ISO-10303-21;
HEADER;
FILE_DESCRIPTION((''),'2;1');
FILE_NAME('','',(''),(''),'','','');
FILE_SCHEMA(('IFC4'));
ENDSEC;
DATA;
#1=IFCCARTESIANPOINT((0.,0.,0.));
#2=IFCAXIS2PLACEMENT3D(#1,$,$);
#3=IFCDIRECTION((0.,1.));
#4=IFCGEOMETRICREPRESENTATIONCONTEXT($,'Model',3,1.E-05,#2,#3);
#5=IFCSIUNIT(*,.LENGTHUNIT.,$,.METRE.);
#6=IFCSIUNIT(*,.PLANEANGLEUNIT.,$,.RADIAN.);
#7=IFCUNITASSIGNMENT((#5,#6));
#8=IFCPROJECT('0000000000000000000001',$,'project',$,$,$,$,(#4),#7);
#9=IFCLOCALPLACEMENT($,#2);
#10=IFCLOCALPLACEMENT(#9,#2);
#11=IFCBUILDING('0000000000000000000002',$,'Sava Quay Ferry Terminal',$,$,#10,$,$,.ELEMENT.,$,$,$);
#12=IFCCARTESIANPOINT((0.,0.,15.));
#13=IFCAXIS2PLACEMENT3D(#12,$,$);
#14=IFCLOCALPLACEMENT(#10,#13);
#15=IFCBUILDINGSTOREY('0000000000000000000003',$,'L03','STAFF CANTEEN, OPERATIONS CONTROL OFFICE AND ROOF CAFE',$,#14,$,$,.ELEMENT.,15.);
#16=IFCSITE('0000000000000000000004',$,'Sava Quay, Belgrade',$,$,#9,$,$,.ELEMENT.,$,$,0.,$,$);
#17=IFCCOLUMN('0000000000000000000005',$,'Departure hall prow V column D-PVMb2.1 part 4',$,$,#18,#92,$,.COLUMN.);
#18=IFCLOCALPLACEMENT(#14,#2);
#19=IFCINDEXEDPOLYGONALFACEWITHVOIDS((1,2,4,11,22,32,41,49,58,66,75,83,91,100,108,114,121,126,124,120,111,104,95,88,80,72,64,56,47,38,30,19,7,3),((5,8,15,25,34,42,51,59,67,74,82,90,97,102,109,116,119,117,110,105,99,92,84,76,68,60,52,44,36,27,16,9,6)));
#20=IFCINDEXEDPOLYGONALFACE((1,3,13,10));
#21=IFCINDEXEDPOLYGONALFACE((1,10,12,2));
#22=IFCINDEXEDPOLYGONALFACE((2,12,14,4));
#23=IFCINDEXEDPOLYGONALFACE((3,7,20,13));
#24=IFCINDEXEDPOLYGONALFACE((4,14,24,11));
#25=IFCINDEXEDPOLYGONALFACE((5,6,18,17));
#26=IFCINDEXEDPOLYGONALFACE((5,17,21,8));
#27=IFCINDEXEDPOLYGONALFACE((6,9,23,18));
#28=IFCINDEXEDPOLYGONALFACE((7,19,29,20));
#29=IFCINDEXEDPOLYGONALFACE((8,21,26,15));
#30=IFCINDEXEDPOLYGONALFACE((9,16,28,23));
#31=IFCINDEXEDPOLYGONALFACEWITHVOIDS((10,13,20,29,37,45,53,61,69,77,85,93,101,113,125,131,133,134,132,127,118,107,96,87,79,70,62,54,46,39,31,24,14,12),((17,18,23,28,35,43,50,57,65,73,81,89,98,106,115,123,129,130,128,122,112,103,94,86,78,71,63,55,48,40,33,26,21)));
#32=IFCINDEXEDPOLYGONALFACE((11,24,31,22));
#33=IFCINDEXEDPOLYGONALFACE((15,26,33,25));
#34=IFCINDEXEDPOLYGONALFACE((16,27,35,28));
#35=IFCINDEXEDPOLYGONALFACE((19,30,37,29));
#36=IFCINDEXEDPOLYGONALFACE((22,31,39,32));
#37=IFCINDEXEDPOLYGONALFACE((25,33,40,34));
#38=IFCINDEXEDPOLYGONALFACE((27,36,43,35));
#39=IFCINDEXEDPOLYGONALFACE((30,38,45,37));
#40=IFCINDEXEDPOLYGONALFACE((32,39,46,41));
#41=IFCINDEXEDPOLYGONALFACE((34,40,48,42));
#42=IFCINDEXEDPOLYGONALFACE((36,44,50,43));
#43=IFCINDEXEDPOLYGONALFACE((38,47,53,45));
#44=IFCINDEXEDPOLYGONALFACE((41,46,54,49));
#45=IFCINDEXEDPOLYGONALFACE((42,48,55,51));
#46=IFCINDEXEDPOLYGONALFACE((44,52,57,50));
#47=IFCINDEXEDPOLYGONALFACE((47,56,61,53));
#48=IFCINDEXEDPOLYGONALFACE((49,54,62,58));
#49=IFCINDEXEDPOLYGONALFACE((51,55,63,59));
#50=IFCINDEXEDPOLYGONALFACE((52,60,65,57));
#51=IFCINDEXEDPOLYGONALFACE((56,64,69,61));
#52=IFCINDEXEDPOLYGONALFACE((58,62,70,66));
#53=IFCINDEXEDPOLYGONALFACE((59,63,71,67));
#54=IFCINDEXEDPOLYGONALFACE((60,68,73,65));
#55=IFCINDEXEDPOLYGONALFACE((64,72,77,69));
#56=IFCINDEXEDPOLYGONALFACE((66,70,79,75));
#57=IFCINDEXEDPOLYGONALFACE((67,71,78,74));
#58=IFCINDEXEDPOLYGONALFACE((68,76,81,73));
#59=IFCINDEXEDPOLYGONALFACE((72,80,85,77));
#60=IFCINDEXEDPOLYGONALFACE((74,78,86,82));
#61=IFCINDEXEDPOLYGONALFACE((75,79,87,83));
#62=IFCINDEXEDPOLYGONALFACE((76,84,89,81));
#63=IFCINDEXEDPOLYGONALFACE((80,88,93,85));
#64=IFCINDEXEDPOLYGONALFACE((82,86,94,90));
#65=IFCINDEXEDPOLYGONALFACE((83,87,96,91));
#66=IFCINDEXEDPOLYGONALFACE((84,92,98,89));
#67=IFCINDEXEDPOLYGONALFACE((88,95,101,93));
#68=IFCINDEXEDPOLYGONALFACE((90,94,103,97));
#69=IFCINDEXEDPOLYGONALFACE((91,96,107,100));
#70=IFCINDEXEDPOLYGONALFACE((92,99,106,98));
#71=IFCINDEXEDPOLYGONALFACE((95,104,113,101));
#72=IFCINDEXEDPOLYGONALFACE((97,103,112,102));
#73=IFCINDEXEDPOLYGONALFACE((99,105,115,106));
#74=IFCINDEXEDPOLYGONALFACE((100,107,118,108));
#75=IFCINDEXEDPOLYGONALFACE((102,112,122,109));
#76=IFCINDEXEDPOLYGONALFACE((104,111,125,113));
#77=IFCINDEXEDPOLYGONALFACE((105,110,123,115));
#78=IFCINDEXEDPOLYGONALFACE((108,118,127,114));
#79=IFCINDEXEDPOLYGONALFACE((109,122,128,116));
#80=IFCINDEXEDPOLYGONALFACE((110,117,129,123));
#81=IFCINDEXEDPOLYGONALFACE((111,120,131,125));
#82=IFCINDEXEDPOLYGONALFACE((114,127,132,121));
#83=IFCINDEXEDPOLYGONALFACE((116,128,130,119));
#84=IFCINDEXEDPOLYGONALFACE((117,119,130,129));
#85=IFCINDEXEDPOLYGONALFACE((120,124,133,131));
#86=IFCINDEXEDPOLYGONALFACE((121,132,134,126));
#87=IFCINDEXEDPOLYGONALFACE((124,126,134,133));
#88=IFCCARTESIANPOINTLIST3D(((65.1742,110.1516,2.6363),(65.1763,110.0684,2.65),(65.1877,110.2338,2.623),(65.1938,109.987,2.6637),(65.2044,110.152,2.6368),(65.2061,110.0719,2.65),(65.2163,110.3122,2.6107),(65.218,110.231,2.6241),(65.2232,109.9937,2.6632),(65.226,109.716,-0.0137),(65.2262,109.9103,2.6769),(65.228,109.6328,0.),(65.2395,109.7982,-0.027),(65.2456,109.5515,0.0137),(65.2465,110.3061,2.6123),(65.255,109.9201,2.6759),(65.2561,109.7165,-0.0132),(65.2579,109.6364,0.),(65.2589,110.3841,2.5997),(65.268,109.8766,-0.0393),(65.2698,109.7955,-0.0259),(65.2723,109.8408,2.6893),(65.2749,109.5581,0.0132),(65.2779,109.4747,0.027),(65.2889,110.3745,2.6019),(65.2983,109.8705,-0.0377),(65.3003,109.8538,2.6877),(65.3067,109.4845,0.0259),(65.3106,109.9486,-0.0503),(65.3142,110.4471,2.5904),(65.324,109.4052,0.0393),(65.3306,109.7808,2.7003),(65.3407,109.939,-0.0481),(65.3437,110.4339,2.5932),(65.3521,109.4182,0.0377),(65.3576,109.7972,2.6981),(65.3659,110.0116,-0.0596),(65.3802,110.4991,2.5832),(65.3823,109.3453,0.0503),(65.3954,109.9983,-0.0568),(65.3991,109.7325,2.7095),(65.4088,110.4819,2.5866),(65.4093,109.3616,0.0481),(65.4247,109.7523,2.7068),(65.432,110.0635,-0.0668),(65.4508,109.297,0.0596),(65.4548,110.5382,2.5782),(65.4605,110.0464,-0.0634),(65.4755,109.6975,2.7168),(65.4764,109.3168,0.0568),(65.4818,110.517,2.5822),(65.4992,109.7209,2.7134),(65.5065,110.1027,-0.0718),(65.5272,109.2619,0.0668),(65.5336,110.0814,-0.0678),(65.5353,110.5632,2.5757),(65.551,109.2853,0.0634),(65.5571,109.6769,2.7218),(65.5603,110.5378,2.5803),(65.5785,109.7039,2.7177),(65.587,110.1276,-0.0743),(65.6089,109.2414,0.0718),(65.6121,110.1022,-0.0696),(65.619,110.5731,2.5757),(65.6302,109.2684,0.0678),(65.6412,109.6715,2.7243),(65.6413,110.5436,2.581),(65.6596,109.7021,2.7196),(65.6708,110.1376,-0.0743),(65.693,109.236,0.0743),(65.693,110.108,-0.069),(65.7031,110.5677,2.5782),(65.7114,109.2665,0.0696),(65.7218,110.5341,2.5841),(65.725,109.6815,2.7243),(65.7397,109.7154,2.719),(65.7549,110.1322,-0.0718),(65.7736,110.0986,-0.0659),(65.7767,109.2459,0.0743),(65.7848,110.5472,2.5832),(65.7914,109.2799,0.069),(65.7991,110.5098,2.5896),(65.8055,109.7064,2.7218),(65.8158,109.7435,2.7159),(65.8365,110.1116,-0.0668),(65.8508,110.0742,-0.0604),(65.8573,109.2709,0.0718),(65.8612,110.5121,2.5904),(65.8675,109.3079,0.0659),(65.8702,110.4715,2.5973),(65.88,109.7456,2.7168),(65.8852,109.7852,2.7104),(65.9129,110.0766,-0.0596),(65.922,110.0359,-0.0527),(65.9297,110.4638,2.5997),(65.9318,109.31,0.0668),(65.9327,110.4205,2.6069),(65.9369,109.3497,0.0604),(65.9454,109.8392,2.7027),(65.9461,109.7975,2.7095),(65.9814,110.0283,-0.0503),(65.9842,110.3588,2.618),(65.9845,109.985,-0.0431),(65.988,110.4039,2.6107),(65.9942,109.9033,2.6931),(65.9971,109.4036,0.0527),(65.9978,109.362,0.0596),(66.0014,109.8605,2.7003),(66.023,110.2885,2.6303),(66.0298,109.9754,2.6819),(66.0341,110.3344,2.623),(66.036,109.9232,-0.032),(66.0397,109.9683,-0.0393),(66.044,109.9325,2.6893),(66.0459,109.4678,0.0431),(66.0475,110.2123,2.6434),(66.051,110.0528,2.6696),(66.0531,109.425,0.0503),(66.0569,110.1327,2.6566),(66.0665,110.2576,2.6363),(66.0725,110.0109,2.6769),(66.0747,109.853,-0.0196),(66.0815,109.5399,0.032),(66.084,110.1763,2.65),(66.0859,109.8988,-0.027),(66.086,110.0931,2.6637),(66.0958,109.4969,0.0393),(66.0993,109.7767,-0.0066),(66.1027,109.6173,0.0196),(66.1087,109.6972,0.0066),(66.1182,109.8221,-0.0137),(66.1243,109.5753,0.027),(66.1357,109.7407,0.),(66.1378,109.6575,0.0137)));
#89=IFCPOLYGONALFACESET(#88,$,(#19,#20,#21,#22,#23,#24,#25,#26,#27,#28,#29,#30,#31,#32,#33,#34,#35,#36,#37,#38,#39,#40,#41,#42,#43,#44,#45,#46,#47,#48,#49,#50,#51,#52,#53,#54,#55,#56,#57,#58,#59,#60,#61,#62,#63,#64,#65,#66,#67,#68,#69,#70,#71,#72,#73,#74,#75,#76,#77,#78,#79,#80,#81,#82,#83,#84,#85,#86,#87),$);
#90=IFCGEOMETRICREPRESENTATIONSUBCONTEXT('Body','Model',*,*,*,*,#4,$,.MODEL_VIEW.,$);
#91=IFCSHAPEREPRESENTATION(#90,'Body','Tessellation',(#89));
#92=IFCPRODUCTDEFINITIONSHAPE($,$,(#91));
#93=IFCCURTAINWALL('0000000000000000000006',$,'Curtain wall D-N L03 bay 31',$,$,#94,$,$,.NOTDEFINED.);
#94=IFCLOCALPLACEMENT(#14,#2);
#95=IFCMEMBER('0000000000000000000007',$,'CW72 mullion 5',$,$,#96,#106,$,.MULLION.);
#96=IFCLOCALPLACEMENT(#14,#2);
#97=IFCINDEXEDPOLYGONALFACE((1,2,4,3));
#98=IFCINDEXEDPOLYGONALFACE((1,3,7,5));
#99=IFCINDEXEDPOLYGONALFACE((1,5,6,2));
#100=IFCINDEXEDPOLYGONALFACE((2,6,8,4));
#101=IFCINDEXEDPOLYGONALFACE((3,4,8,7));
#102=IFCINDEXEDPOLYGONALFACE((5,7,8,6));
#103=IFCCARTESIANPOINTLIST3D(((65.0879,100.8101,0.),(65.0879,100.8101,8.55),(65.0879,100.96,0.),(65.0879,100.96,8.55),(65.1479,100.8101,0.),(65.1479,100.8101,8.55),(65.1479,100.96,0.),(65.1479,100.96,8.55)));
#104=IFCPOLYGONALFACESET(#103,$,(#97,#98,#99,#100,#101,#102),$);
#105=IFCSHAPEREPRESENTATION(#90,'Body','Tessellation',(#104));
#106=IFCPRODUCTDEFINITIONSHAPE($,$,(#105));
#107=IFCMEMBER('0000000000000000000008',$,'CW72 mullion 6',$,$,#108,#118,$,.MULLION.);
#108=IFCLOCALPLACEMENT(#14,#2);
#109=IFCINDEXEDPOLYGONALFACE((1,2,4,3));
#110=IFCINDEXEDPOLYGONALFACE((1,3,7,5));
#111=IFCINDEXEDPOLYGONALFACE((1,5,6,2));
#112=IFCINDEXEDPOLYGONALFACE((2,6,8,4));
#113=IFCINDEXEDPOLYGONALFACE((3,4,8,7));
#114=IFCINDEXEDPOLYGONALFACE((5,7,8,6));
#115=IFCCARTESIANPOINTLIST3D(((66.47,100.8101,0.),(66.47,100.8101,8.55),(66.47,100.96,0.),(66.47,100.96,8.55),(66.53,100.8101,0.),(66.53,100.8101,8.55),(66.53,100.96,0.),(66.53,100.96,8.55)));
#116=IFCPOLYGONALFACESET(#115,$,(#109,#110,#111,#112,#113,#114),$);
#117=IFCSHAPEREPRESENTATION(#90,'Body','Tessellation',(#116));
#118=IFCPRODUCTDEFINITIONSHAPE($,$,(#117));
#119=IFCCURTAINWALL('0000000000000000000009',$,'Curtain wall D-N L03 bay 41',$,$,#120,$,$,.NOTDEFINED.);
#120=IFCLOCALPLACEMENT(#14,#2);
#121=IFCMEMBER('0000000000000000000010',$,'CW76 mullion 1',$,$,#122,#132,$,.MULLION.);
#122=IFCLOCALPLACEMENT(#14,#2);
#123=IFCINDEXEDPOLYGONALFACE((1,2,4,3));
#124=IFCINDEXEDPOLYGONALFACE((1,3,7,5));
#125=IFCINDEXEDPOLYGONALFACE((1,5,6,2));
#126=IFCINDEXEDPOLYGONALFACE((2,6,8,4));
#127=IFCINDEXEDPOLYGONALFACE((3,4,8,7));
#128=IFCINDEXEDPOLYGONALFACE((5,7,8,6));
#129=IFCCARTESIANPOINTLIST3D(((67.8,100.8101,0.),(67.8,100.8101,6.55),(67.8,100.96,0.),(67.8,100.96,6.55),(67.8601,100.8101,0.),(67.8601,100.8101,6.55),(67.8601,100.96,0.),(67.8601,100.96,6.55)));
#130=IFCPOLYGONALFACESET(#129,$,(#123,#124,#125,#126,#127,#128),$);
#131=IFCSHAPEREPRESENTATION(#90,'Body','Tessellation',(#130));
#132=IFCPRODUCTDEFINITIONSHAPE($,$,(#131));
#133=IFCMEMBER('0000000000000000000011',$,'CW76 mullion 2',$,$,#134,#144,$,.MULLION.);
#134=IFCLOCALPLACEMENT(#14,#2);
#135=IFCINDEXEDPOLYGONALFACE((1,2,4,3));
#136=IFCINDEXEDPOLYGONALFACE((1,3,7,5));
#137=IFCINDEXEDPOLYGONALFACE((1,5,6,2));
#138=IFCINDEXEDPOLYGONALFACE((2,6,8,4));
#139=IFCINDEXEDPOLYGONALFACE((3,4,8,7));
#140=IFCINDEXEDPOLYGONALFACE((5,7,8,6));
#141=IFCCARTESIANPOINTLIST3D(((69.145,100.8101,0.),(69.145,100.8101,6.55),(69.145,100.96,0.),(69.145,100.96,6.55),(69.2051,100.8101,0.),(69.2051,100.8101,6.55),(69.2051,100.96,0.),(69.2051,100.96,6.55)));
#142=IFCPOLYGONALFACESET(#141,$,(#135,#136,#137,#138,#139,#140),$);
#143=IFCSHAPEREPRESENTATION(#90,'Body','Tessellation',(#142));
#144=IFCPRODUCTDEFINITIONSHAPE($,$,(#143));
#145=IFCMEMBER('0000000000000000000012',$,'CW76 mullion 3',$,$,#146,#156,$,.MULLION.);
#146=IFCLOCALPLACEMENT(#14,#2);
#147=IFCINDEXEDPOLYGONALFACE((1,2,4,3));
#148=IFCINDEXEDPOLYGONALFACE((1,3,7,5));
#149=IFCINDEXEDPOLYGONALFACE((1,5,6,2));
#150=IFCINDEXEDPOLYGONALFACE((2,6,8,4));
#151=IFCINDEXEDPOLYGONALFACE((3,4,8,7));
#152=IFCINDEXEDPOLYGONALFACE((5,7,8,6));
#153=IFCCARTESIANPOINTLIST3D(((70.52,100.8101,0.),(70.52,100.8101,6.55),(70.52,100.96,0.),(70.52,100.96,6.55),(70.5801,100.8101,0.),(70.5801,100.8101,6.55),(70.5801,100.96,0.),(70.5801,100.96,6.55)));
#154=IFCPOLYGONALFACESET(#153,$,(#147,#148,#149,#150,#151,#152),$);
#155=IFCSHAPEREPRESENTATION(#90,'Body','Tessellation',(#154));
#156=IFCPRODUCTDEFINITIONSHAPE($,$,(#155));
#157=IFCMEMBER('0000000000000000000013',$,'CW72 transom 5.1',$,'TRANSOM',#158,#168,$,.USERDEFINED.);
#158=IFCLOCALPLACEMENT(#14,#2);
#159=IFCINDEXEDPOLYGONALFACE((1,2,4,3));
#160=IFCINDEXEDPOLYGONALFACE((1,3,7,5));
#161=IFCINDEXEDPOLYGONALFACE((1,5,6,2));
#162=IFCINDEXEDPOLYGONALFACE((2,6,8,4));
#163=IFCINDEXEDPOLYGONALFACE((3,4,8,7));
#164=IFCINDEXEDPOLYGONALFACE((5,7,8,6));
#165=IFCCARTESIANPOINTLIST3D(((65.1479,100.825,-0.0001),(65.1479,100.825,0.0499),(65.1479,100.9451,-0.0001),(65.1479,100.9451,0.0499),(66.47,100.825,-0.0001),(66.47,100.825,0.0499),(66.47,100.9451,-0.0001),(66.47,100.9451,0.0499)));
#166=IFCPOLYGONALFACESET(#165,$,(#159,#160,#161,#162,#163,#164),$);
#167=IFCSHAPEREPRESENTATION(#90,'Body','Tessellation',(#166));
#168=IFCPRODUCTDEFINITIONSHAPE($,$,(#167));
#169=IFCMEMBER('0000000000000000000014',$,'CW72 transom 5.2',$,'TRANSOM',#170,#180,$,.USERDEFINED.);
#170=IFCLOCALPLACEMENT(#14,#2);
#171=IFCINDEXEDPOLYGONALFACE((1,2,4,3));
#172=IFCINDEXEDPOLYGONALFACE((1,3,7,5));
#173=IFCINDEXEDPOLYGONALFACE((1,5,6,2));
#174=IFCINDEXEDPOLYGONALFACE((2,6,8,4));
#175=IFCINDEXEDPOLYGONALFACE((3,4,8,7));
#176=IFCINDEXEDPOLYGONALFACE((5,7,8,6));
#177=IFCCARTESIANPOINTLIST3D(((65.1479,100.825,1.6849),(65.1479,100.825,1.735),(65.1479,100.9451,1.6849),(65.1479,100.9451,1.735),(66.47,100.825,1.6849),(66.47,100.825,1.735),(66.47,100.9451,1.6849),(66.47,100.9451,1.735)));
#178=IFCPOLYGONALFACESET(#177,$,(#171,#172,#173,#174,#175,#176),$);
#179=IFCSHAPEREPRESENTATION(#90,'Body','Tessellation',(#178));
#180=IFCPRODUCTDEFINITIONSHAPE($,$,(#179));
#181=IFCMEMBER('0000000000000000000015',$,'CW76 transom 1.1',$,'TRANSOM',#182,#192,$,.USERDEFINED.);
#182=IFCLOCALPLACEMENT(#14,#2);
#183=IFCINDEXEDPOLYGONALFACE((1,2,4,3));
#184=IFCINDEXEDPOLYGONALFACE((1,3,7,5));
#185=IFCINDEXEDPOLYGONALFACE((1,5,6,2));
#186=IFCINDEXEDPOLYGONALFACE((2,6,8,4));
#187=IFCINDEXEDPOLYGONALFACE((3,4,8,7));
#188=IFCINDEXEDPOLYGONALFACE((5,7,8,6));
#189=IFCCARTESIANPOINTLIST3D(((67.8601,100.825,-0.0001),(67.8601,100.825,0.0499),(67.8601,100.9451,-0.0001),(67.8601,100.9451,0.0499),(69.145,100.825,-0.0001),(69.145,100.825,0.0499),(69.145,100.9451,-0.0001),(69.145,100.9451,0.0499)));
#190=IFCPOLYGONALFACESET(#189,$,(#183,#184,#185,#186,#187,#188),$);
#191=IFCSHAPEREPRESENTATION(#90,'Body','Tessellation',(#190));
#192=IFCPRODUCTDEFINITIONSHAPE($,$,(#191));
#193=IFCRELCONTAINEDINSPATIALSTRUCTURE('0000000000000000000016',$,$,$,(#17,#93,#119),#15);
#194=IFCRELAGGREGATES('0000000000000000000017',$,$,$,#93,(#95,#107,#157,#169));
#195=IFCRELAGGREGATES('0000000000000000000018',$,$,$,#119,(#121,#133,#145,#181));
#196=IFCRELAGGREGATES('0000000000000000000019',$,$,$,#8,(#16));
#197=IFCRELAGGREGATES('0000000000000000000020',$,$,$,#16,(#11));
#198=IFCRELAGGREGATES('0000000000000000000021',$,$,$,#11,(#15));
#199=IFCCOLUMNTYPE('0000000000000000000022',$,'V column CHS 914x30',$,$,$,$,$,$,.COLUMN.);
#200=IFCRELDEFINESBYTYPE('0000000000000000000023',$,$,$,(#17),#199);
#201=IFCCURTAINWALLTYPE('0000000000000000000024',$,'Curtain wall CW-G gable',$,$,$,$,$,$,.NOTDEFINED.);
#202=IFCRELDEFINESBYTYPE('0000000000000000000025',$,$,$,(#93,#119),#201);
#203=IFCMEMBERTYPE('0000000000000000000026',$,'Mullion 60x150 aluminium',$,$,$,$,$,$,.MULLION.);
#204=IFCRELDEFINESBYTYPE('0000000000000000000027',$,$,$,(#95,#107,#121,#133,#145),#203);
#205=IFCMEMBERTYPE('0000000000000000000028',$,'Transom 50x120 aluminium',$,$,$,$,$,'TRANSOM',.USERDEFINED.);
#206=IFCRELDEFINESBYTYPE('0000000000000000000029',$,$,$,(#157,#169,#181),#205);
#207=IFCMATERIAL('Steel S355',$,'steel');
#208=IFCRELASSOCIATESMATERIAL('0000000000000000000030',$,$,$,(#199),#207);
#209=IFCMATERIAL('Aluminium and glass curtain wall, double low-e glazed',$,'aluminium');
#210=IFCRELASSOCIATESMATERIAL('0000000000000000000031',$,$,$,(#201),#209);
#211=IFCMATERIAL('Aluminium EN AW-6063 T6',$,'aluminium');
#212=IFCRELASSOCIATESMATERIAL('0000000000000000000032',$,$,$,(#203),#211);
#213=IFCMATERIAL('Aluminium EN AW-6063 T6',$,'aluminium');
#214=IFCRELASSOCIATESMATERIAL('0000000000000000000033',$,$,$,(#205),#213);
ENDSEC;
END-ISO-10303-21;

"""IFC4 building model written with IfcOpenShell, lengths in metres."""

from ifc_helpers import new_model, si_unit, direction, frame, origin, origin_2d, place, context, subcontext, project, spatial, rectangle, hollow_circle, extrude, material, material_profile, profile_set, type_object, element, aggregate, save


model = new_model("IFC4")

# Units and contexts
model_context = context("Model", 3, precision=1e-05, world=origin(), true_north=direction((0.0, 1.0)))
body_context = subcontext(model_context, "Body", "Model", "MODEL_VIEW")
ifc_project = project(units=[si_unit("LENGTHUNIT", "METRE"), si_unit("PLANEANGLEUNIT", "RADIAN")], contexts=[model_context])

# Site, building, storey
site_placement = place(None, origin())
site = spatial("IfcSite", under=ifc_project, at=site_placement, Name="Sava Quay, Belgrade", CompositionType="ELEMENT", RefElevation=0.0)
building_placement = place(site_placement, origin())
building = spatial("IfcBuilding", under=site, at=building_placement, Name="Sava Quay Ferry Terminal", CompositionType="ELEMENT")
storey_placement = place(building_placement, frame((0.0, 0.0, 15.0)))
storey = spatial("IfcBuildingStorey", under=building, at=storey_placement, Name="L03", Description="STAFF CANTEEN, OPERATIONS CONTROL OFFICE AND ROOF CAFE", CompositionType="ELEMENT", Elevation=15.0)

# Column
ifc_material_1 = material(Name="Steel S355", Category="steel")
ifc_material_profile_1 = material_profile(ifc_material_1, hollow_circle(Radius=0.457, WallThickness=0.03, at=origin_2d()), Name="CHS 914 x 30.0")
ifc_profile_set_1 = profile_set([ifc_material_profile_1], Name="Steel S355")
column_type = type_object("IfcColumnType", Name="V column CHS 914x30", PredefinedType="COLUMN", material=ifc_profile_set_1)
column_placement = place(storey_placement, frame((65.6819, 109.6868, 0.0), z_axis=(-0.01927, 0.162157, 0.986577), x_axis=(-0.993013, -0.118004, 0.0)))
element("IfcColumn", 1, at=column_placement, inside=storey, type_object=column_type, Name="Departure hall prow V column D-PVMb2.1 part 4", PredefinedType="COLUMN", context=body_context, shape_type="SweptSolid", body=[
    extrude(hollow_circle(Radius=0.457, WallThickness=0.03, at=origin_2d()), origin(), (0.0, 0.0, 1.0), 2.686),
])

# Curtain walls, members
ifc_material_2 = material(Name="Aluminium and glass curtain wall, double low-e glazed", Category="aluminium")
curtain_wall_type = type_object("IfcCurtainWallType", Name="Curtain wall CW-G gable", PredefinedType="NOTDEFINED", material=ifc_material_2)
curtain_wall_1_placement = place(storey_placement, origin())
curtain_wall_1 = element("IfcCurtainWall", 2, at=curtain_wall_1_placement, inside=storey, type_object=curtain_wall_type, Name="Curtain wall D-N L03 bay 31", PredefinedType="NOTDEFINED")
ifc_material_3 = material(Name="Aluminium EN AW-6063 T6", Category="aluminium")
ifc_material_profile_2 = material_profile(ifc_material_3, rectangle(XDim=0.1499, YDim=0.0601, at=origin_2d()), Name="Mullion 60x150 aluminium")
ifc_profile_set_2 = profile_set([ifc_material_profile_2], Name="Aluminium EN AW-6063 T6")
member_type_1 = type_object("IfcMemberType", Name="Mullion 60x150 aluminium", PredefinedType="MULLION", material=ifc_profile_set_2)
member_1_placement = place(storey_placement, frame((65.1179, 100.885, 0.0), z_axis=(0.0, 0.0, 1.0), x_axis=(0.0, 1.0, 0.0)))
member_1 = element("IfcMember", 3, at=member_1_placement, type_object=member_type_1, Name="CW72 mullion 5", PredefinedType="MULLION", context=body_context, shape_type="SweptSolid", body=[
    extrude(rectangle(XDim=0.1499, YDim=0.0601, at=origin_2d()), origin(), (0.0, 0.0, 1.0), 8.55),
])
member_2_placement = place(storey_placement, frame((66.5, 100.885, 0.0), z_axis=(0.0, 0.0, 1.0), x_axis=(0.0, 1.0, 0.0)))
member_2 = element("IfcMember", 4, at=member_2_placement, type_object=member_type_1, Name="CW72 mullion 6", PredefinedType="MULLION", context=body_context, shape_type="SweptSolid", body=[
    extrude(rectangle(XDim=0.1499, YDim=0.0601, at=origin_2d()), origin(), (0.0, 0.0, 1.0), 8.55),
])
curtain_wall_2_placement = place(storey_placement, origin())
curtain_wall_2 = element("IfcCurtainWall", 5, at=curtain_wall_2_placement, inside=storey, type_object=curtain_wall_type, Name="Curtain wall D-N L03 bay 41", PredefinedType="NOTDEFINED")
member_3_placement = place(storey_placement, frame((67.8301, 100.885, 0.0), z_axis=(0.0, 0.0, 1.0), x_axis=(0.0, 1.0, 0.0)))
member_3 = element("IfcMember", 6, at=member_3_placement, type_object=member_type_1, Name="CW76 mullion 1", PredefinedType="MULLION", context=body_context, shape_type="SweptSolid", body=[
    extrude(rectangle(XDim=0.1499, YDim=0.0601, at=origin_2d()), origin(), (0.0, 0.0, 1.0), 6.55),
])
member_4_placement = place(storey_placement, frame((69.175, 100.885, 0.0), z_axis=(0.0, 0.0, 1.0), x_axis=(0.0, 1.0, 0.0)))
member_4 = element("IfcMember", 7, at=member_4_placement, type_object=member_type_1, Name="CW76 mullion 2", PredefinedType="MULLION", context=body_context, shape_type="SweptSolid", body=[
    extrude(rectangle(XDim=0.1499, YDim=0.0601, at=origin_2d()), origin(), (0.0, 0.0, 1.0), 6.55),
])
member_5_placement = place(storey_placement, frame((70.55, 100.885, 0.0), z_axis=(0.0, 0.0, 1.0), x_axis=(0.0, 1.0, 0.0)))
member_5 = element("IfcMember", 8, at=member_5_placement, type_object=member_type_1, Name="CW76 mullion 3", PredefinedType="MULLION", context=body_context, shape_type="SweptSolid", body=[
    extrude(rectangle(XDim=0.1499, YDim=0.0601, at=origin_2d()), origin(), (0.0, 0.0, 1.0), 6.55),
])

# Members
ifc_material_4 = material(Name="Aluminium EN AW-6063 T6", Category="aluminium")
ifc_material_profile_3 = material_profile(ifc_material_4, rectangle(XDim=0.1201, YDim=0.05, at=origin_2d()), Name="Transom 50x120 aluminium")
ifc_profile_set_3 = profile_set([ifc_material_profile_3], Name="Aluminium EN AW-6063 T6")
member_type_2 = type_object("IfcMemberType", Name="Transom 50x120 aluminium", ElementType="TRANSOM", PredefinedType="USERDEFINED", material=ifc_profile_set_3)
member_6_placement = place(storey_placement, frame((65.1479, 100.885, 0.0249), z_axis=(1.0, 0.0, 0.0), x_axis=(0.0, 1.0, 0.0)))
member_6 = element("IfcMember", 9, at=member_6_placement, type_object=member_type_2, Name="CW72 transom 5.1", ObjectType="TRANSOM", PredefinedType="USERDEFINED", context=body_context, shape_type="SweptSolid", body=[
    extrude(rectangle(XDim=0.1201, YDim=0.05, at=origin_2d()), origin(), (0.0, 0.0, 1.0), 1.322),
])
member_7_placement = place(storey_placement, frame((65.1479, 100.885, 1.71), z_axis=(1.0, 0.0, 0.0), x_axis=(0.0, 1.0, 0.0)))
member_7 = element("IfcMember", 10, at=member_7_placement, type_object=member_type_2, Name="CW72 transom 5.2", ObjectType="TRANSOM", PredefinedType="USERDEFINED", context=body_context, shape_type="SweptSolid", body=[
    extrude(rectangle(XDim=0.1201, YDim=0.05, at=origin_2d()), origin(), (0.0, 0.0, 1.0), 1.322),
])
member_8_placement = place(storey_placement, frame((67.8601, 100.885, 0.0249), z_axis=(1.0, 0.0, 0.0), x_axis=(0.0, 1.0, 0.0)))
member_8 = element("IfcMember", 11, at=member_8_placement, type_object=member_type_2, Name="CW76 transom 1.1", ObjectType="TRANSOM", PredefinedType="USERDEFINED", context=body_context, shape_type="SweptSolid", body=[
    extrude(rectangle(XDim=0.1201, YDim=0.05, at=origin_2d()), origin(), (0.0, 0.0, 1.0), 1.2849),
])

aggregate(curtain_wall_1, [member_1, member_2, member_6, member_7])
aggregate(curtain_wall_2, [member_3, member_4, member_5, member_8])

save(model, "model.ifc")
